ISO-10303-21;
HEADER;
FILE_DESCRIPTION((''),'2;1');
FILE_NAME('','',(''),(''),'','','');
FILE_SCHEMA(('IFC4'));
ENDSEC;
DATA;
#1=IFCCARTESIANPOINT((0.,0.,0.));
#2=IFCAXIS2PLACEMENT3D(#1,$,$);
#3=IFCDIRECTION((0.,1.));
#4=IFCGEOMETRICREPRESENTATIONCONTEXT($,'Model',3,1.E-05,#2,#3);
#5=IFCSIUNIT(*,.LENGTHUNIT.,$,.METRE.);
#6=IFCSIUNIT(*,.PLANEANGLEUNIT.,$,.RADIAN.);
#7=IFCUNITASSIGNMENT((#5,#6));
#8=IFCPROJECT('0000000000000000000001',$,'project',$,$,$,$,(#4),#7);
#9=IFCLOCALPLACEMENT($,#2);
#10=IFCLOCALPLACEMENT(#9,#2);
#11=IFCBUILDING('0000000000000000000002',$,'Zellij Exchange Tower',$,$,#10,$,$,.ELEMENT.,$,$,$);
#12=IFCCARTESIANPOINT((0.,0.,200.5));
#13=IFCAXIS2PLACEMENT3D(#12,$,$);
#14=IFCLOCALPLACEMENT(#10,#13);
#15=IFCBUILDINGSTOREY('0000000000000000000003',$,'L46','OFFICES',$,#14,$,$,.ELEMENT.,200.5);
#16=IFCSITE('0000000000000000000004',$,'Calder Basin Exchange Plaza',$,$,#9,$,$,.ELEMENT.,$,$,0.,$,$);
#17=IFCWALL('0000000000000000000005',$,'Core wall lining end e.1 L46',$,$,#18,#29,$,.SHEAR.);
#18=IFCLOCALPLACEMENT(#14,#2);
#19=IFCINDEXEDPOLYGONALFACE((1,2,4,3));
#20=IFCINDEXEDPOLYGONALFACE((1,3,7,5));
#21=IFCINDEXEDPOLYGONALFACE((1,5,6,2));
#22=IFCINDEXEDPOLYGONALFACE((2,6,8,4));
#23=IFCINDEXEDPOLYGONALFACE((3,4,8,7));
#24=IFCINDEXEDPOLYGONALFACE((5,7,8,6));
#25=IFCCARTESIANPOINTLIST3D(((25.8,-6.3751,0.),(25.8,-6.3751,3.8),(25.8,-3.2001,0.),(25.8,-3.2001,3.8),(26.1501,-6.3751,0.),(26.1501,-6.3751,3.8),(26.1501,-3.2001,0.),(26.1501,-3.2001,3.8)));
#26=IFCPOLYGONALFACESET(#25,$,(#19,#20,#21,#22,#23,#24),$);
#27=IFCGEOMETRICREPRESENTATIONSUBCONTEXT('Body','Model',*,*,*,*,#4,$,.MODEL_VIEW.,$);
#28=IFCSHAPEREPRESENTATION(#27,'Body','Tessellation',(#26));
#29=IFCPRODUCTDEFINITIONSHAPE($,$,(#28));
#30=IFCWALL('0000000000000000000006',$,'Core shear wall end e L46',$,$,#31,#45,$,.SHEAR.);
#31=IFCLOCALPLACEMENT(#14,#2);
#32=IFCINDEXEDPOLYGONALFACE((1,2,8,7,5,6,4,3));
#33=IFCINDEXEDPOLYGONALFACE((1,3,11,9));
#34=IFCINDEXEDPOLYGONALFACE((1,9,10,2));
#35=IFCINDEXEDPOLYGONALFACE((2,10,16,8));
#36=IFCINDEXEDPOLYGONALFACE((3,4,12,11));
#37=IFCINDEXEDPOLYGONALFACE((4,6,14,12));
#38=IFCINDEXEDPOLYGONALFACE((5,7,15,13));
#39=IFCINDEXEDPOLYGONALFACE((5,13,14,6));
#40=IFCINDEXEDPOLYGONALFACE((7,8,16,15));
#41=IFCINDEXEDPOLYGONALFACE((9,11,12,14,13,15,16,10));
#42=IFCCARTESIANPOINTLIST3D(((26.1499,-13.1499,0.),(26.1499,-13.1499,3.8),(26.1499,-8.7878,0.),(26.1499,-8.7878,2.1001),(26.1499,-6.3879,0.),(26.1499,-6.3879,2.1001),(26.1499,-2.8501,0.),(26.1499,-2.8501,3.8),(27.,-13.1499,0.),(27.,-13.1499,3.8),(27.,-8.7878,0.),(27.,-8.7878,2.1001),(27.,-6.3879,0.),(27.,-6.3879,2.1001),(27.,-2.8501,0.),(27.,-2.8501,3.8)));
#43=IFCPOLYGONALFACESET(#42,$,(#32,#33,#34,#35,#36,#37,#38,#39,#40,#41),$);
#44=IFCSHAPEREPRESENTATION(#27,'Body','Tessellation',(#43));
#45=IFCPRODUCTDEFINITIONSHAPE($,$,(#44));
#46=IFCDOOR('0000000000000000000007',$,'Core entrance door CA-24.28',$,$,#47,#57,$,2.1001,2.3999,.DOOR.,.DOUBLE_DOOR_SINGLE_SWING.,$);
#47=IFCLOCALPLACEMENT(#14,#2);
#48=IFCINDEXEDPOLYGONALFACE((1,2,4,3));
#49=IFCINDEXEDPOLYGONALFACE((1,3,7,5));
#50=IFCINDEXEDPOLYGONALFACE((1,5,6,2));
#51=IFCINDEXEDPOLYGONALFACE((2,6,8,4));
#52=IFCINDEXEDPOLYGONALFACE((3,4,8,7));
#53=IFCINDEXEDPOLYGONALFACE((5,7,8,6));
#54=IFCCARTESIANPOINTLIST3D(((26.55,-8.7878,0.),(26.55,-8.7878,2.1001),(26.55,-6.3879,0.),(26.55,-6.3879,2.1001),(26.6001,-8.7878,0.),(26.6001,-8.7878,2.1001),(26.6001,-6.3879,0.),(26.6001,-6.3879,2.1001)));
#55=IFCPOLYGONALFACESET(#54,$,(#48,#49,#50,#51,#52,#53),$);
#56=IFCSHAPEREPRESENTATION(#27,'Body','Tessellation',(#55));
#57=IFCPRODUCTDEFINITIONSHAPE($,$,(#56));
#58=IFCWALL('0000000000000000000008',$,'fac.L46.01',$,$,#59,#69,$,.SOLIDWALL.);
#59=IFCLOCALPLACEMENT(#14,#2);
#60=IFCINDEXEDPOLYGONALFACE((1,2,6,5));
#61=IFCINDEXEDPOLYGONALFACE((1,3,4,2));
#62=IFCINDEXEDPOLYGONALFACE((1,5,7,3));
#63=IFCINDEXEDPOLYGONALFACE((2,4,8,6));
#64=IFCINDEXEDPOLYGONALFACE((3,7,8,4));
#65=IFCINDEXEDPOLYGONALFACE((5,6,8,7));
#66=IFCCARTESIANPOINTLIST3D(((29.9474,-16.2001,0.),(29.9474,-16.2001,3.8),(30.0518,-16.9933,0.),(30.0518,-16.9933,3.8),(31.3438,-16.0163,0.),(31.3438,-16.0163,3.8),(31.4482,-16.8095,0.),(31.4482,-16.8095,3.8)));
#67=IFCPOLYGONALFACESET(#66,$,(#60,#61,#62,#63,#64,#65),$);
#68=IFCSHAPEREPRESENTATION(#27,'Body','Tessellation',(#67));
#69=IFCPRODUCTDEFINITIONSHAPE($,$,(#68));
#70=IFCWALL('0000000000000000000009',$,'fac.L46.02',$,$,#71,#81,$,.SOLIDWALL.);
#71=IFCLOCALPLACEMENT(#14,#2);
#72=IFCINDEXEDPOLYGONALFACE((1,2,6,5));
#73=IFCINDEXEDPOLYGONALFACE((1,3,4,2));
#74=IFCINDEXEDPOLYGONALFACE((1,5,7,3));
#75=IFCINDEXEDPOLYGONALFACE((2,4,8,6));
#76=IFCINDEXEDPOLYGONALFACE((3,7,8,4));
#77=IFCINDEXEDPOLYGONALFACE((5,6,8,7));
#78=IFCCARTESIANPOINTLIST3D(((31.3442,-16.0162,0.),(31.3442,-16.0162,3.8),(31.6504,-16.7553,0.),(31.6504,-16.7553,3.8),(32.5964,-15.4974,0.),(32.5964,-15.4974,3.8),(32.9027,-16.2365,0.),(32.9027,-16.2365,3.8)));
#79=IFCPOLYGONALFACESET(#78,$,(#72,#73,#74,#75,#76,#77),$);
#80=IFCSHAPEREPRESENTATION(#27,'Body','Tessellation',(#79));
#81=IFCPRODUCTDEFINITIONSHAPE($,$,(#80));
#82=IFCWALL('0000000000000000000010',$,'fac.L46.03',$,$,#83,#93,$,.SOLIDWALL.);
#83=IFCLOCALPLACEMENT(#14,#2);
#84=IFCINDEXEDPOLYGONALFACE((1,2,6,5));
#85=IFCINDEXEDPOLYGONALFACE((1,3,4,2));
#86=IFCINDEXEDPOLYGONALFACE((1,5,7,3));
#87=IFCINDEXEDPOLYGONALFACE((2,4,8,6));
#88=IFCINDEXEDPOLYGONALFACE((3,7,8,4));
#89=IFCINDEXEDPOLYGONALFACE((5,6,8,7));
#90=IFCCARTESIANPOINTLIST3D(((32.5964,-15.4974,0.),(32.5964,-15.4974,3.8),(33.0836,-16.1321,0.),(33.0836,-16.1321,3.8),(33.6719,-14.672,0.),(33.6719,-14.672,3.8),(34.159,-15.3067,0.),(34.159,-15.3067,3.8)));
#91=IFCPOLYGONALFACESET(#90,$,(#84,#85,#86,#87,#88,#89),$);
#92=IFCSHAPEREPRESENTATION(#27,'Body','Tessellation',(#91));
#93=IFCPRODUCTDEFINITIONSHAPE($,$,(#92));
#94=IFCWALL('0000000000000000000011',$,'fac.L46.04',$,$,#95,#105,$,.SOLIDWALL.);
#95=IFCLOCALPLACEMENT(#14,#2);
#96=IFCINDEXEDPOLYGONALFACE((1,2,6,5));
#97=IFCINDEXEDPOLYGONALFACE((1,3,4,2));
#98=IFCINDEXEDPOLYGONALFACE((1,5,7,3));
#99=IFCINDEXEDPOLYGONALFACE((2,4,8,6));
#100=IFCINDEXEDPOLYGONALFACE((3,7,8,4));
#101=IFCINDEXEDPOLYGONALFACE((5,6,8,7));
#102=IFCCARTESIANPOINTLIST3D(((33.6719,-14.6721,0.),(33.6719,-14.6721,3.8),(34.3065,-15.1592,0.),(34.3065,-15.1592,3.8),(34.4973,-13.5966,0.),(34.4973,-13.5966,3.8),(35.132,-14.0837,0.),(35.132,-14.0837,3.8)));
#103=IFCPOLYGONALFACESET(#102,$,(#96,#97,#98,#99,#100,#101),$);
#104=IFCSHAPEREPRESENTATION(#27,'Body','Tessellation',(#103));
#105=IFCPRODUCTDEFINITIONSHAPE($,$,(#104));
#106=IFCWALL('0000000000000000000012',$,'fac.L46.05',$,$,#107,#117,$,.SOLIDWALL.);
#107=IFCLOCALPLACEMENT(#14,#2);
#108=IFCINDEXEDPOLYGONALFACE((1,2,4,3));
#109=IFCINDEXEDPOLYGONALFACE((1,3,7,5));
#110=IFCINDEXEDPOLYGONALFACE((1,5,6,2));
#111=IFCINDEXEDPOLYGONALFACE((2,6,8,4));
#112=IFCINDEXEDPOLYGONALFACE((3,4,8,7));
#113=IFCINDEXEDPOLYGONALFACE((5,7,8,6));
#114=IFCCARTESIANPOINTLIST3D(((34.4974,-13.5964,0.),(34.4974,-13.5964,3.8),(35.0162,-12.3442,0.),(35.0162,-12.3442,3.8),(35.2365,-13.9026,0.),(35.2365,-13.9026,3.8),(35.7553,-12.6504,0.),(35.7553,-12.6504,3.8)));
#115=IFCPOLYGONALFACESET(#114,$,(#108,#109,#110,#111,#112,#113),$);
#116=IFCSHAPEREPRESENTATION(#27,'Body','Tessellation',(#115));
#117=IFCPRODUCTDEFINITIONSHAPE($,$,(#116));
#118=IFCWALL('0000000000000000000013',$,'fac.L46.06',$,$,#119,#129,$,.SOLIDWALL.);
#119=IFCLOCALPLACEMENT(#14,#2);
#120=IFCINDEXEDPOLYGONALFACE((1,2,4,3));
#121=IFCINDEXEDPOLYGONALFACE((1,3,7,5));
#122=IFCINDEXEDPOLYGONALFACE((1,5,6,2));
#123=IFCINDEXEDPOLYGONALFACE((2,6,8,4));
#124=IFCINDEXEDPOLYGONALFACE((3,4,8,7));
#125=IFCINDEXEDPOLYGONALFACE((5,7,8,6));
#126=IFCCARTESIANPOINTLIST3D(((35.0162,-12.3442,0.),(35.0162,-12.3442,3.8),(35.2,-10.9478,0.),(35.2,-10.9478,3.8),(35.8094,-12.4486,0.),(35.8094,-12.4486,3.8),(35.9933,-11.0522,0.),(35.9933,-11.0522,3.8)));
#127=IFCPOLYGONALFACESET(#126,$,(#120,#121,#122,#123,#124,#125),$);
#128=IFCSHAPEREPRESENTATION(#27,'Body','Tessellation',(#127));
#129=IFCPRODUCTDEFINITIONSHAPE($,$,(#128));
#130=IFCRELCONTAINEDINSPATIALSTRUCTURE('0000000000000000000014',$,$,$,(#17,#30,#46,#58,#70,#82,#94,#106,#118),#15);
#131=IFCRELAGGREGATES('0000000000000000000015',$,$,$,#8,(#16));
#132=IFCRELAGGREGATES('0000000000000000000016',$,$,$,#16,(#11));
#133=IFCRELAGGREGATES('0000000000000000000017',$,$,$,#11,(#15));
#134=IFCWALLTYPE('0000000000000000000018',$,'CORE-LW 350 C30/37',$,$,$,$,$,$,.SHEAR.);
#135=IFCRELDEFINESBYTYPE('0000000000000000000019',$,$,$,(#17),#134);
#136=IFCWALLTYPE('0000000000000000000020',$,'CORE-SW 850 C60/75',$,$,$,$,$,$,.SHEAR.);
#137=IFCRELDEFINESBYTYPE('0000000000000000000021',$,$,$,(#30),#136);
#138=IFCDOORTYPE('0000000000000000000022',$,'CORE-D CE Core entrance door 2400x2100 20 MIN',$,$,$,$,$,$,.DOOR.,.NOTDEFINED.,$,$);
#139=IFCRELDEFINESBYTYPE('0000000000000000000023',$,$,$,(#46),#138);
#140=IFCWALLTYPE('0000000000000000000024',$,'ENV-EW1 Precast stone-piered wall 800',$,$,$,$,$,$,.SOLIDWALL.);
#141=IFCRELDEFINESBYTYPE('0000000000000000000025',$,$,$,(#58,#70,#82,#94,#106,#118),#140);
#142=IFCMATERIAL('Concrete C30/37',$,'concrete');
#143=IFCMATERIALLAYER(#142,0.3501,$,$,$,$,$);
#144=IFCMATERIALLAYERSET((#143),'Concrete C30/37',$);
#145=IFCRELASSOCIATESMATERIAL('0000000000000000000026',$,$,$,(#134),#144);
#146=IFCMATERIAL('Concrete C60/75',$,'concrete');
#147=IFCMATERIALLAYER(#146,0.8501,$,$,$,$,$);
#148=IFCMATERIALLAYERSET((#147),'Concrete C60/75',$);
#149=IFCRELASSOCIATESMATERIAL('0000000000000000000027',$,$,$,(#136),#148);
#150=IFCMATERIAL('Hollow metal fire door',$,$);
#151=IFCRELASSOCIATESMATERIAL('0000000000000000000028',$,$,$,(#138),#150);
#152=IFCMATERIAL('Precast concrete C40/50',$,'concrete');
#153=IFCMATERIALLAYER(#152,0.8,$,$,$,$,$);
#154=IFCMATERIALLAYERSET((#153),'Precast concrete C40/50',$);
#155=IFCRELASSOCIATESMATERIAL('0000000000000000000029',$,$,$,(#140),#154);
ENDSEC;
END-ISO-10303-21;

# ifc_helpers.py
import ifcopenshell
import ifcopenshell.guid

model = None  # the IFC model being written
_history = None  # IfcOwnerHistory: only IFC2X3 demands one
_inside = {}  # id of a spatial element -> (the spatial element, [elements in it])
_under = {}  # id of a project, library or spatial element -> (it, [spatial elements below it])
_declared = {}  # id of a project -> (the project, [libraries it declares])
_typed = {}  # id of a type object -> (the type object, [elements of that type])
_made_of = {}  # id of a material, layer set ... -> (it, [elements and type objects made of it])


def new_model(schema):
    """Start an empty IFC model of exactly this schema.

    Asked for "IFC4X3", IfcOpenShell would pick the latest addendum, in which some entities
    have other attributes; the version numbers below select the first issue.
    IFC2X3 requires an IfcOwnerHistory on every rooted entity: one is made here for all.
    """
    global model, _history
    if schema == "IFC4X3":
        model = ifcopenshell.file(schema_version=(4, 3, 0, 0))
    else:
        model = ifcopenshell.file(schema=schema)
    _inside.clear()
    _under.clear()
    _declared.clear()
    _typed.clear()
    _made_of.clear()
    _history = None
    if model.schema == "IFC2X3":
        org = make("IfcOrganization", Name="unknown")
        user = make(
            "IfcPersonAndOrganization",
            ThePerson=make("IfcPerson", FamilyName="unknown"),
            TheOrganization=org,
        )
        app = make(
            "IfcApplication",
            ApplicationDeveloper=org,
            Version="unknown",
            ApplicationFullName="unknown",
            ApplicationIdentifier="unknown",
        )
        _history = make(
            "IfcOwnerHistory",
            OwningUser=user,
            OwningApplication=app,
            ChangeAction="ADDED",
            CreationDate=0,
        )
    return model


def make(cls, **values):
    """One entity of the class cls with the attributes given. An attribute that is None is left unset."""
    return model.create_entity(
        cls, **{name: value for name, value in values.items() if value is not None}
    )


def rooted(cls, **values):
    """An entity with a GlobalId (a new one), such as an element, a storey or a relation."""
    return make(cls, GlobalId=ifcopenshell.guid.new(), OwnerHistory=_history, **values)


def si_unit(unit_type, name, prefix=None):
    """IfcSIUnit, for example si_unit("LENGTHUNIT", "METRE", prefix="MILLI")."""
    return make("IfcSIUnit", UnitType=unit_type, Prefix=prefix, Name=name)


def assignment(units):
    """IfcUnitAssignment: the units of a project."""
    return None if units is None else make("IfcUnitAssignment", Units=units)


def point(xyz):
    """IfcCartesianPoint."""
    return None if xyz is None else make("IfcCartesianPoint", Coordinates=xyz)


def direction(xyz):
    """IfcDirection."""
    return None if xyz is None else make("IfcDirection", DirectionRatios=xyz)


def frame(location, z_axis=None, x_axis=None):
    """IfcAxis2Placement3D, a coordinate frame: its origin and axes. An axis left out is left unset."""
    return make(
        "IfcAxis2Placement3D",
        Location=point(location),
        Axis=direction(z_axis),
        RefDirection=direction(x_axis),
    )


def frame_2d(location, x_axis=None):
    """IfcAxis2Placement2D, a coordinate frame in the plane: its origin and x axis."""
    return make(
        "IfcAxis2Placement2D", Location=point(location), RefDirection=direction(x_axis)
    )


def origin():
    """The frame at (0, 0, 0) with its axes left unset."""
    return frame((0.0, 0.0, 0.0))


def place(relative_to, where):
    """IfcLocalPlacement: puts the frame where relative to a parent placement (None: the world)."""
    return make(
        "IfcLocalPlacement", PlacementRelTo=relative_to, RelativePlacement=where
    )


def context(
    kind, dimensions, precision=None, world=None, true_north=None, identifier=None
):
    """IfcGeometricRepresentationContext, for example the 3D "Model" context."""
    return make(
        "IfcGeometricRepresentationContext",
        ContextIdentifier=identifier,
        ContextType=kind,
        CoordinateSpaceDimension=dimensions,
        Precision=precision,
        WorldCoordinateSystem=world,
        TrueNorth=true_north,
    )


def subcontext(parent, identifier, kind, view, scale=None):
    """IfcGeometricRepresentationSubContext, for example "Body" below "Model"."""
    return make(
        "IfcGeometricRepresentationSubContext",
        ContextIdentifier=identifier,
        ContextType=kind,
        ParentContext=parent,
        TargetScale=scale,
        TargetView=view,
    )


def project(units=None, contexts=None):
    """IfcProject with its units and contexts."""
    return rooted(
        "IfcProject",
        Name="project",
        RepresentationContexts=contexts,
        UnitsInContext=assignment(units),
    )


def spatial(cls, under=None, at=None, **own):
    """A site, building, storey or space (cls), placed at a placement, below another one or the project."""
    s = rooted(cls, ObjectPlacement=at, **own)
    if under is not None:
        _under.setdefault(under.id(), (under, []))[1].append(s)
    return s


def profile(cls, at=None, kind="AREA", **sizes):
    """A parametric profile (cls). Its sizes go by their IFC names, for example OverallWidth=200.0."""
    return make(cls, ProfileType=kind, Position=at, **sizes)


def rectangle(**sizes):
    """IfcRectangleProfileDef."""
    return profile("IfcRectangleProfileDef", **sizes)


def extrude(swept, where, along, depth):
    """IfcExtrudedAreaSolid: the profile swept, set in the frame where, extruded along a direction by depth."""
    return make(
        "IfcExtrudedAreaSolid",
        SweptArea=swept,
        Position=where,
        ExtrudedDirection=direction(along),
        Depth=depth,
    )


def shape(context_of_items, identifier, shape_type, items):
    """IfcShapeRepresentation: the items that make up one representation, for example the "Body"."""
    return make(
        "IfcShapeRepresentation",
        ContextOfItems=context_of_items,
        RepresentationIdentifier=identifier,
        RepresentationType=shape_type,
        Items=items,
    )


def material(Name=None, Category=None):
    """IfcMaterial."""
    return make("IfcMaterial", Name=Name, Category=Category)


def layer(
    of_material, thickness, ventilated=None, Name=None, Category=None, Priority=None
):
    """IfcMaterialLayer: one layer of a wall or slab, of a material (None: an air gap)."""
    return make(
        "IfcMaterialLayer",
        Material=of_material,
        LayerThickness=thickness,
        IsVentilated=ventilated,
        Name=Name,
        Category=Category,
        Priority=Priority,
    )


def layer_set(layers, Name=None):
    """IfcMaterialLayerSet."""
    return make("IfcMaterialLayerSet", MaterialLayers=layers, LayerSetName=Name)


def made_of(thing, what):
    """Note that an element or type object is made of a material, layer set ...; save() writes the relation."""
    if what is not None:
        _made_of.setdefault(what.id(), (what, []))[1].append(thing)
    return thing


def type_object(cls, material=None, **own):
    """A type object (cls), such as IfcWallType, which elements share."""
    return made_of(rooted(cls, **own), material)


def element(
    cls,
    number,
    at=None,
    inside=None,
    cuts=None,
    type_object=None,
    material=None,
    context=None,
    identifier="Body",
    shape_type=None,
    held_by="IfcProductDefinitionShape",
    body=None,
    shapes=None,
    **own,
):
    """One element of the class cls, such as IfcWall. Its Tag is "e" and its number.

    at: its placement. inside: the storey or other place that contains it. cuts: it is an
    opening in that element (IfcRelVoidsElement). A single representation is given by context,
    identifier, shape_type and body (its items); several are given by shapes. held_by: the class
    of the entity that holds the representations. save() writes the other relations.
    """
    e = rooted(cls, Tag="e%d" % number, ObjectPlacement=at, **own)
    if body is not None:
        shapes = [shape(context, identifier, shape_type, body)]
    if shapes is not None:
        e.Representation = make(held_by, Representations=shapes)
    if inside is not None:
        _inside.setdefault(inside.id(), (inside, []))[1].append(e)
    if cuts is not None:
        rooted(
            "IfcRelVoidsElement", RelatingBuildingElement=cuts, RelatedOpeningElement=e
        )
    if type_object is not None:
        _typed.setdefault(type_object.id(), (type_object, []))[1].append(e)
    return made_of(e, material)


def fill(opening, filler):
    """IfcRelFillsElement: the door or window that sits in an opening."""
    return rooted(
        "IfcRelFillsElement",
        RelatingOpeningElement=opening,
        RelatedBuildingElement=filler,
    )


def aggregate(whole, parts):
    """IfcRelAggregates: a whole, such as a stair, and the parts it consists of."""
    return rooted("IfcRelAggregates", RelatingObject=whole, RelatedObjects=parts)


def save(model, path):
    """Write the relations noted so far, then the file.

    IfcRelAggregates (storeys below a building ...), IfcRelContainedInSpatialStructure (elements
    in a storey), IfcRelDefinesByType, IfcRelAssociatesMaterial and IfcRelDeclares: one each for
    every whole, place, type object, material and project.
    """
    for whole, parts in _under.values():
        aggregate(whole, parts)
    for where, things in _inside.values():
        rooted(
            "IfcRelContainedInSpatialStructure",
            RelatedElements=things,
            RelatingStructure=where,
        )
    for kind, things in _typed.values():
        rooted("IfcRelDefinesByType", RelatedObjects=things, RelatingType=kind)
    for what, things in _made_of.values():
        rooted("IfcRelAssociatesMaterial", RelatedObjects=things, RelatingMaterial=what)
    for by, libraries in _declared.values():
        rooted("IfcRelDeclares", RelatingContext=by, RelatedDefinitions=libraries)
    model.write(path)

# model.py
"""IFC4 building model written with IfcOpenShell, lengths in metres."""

from ifc_helpers import new_model, si_unit, direction, frame, frame_2d, origin, place, context, subcontext, project, spatial, rectangle, extrude, material, layer, layer_set, type_object, element, fill, save


model = new_model("IFC4")

# Units and contexts
model_context = context("Model", 3, precision=1e-05, world=origin(), true_north=direction((0.0, 1.0)))
body_context = subcontext(model_context, "Body", "Model", "MODEL_VIEW")
ifc_project = project(units=[si_unit("LENGTHUNIT", "METRE"), si_unit("PLANEANGLEUNIT", "RADIAN")], contexts=[model_context])

# Site, building, storey
site_placement = place(None, origin())
site = spatial("IfcSite", under=ifc_project, at=site_placement, Name="Calder Basin Exchange Plaza", CompositionType="ELEMENT", RefElevation=0.0)
building_placement = place(site_placement, origin())
building = spatial("IfcBuilding", under=site, at=building_placement, Name="Zellij Exchange Tower", CompositionType="ELEMENT")
storey_placement = place(building_placement, frame((0.0, 0.0, 200.5)))
storey = spatial("IfcBuildingStorey", under=building, at=storey_placement, Name="L46", Description="OFFICES", CompositionType="ELEMENT", Elevation=200.5)

# Shared definitions
ifc_material_1 = material(Name="Concrete C60/75", Category="concrete")

# Wall
ifc_material_2 = material(Name="Concrete C30/37", Category="concrete")
ifc_layer_1 = layer(ifc_material_2, 0.3501)
ifc_layer_set_1 = layer_set([ifc_layer_1], Name="Concrete C30/37")
wall_type_1 = type_object("IfcWallType", Name="CORE-LW 350 C30/37", PredefinedType="SHEAR", material=ifc_layer_set_1)
wall_1_placement = place(storey_placement, frame((25.9751, -6.375, 0.0), z_axis=(0.0, 0.0, 1.0), x_axis=(0.0, 1.0, 0.0)))
element("IfcWall", 1, at=wall_1_placement, inside=storey, type_object=wall_type_1, Name="Core wall lining end e.1 L46", PredefinedType="SHEAR", context=body_context, shape_type="SweptSolid", body=[
    extrude(rectangle(XDim=3.175, YDim=0.3501, at=frame_2d((1.5874, 0.0))), origin(), (0.0, 0.0, 1.0), 3.8),
])

# Wall, opening, door
ifc_layer_2 = layer(ifc_material_1, 0.8501)
ifc_layer_set_2 = layer_set([ifc_layer_2], Name="Concrete C60/75")
wall_type_2 = type_object("IfcWallType", Name="CORE-SW 850 C60/75", PredefinedType="SHEAR", material=ifc_layer_set_2)
wall_2_placement = place(storey_placement, frame((26.575, -13.1499, 0.0), z_axis=(0.0, 0.0, 1.0), x_axis=(0.0, 1.0, 0.0)))
wall_2 = element("IfcWall", 2, at=wall_2_placement, inside=storey, type_object=wall_type_2, Name="Core shear wall end e L46", PredefinedType="SHEAR", context=body_context, shape_type="SweptSolid", body=[
    extrude(rectangle(XDim=10.2998, YDim=0.8501, at=frame_2d((5.1499, 0.0))), origin(), (0.0, 0.0, 1.0), 3.8),
])
opening_1_placement = place(wall_2_placement, frame((4.3621, 0.0, 0.0)))
opening_1 = element("IfcOpeningElement", 3, at=opening_1_placement, cuts=wall_2, PredefinedType="OPENING", context=body_context, shape_type="SweptSolid", body=[
    extrude(rectangle(XDim=2.3999, YDim=2.1001, at=frame_2d((1.2, 1.05))), frame((0.0, 0.437, 0.0), z_axis=(0.0, -1.0, 0.0), x_axis=(1.0, 0.0, 0.0)), (0.0, 0.0, 1.0), 0.874),
])
ifc_material_3 = material(Name="Hollow metal fire door")
door_type_1 = type_object("IfcDoorType", Name="CORE-D CE Core entrance door 2400x2100 20 MIN", OperationType="NOTDEFINED", PredefinedType="DOOR", material=ifc_material_3)
door_1_placement = place(opening_1_placement, origin())
door_1 = element("IfcDoor", 4, at=door_1_placement, inside=storey, type_object=door_type_1, Name="Core entrance door CA-24.28", OperationType="DOUBLE_DOOR_SINGLE_SWING", OverallHeight=2.1001, OverallWidth=2.3999, PredefinedType="DOOR", context=body_context, shape_type="SweptSolid", body=[
    extrude(rectangle(XDim=2.3999, YDim=2.1001, at=frame_2d((1.2, 1.05))), frame((0.0, 0.0249, 0.0), z_axis=(0.0, -1.0, 0.0), x_axis=(1.0, 0.0, 0.0)), (0.0, 0.0, 1.0), 0.05),
])
fill(opening_1, door_1)

# Walls
ifc_material_4 = material(Name="Precast concrete C40/50", Category="concrete")
ifc_layer_3 = layer(ifc_material_4, 0.8)
ifc_layer_set_3 = layer_set([ifc_layer_3], Name="Precast concrete C40/50")
wall_type_3 = type_object("IfcWallType", Name="ENV-EW1 Precast stone-piered wall 800", PredefinedType="SOLIDWALL", material=ifc_layer_set_3)
wall_3_placement = place(storey_placement, frame((29.9998, -16.5967, 0.0), z_axis=(0.0, 0.0, 1.0), x_axis=(0.991446, 0.130517, 0.0)))
element("IfcWall", 5, at=wall_3_placement, inside=storey, type_object=wall_type_3, Name="fac.L46.01", PredefinedType="SOLIDWALL", context=body_context, shape_type="SweptSolid", body=[
    extrude(rectangle(XDim=1.4084, YDim=0.8, at=frame_2d((0.7041, 0.0))), origin(), (0.0, 0.0, 1.0), 3.8),
])
wall_4_placement = place(storey_placement, frame((31.4973, -16.3857, 0.0), z_axis=(0.0, 0.0, 1.0), x_axis=(0.923848, 0.38276, 0.0)))
element("IfcWall", 6, at=wall_4_placement, inside=storey, type_object=wall_type_3, Name="fac.L46.02", PredefinedType="SOLIDWALL", context=body_context, shape_type="SweptSolid", body=[
    extrude(rectangle(XDim=1.3555, YDim=0.8, at=frame_2d((0.6777, 0.0))), origin(), (0.0, 0.0, 1.0), 3.8),
])
for number, where, z_axis, x_axis, name in (
    (7, (32.8401, -15.8147, 0.0), (0.0, 0.0, 1.0), (0.793273, 0.608866, 0.0), "fac.L46.03"),
    (8, (33.9893, -14.9155, 0.0), (0.0, 0.0, 1.0), (0.608866, 0.793273, 0.0), "fac.L46.04"),
):
    element("IfcWall", number, at=place(storey_placement, frame(where, z_axis=z_axis, x_axis=x_axis)), inside=storey, type_object=wall_type_3, Name=name, PredefinedType="SOLIDWALL", context=body_context, shape_type="SweptSolid", body=[
        extrude(rectangle(XDim=1.3557, YDim=0.8, at=frame_2d((0.6777, 0.0))), origin(), (0.0, 0.0, 1.0), 3.8),
    ])
wall_5_placement = place(storey_placement, frame((34.8669, -13.7495, 0.0), z_axis=(0.0, 0.0, 1.0), x_axis=(0.38276, 0.923848, 0.0)))
element("IfcWall", 9, at=wall_5_placement, inside=storey, type_object=wall_type_3, Name="fac.L46.05", PredefinedType="SOLIDWALL", context=body_context, shape_type="SweptSolid", body=[
    extrude(rectangle(XDim=1.3555, YDim=0.8, at=frame_2d((0.6777, 0.0))), origin(), (0.0, 0.0, 1.0), 3.8),
])
wall_6_placement = place(storey_placement, frame((35.4128, -12.3962, 0.0), z_axis=(0.0, 0.0, 1.0), x_axis=(0.130517, 0.991446, 0.0)))
element("IfcWall", 10, at=wall_6_placement, inside=storey, type_object=wall_type_3, Name="fac.L46.06", PredefinedType="SOLIDWALL", context=body_context, shape_type="SweptSolid", body=[
    extrude(rectangle(XDim=1.4084, YDim=0.8, at=frame_2d((0.7041, 0.0))), origin(), (0.0, 0.0, 1.0), 3.8),
])

save(model, "model.ifc")
